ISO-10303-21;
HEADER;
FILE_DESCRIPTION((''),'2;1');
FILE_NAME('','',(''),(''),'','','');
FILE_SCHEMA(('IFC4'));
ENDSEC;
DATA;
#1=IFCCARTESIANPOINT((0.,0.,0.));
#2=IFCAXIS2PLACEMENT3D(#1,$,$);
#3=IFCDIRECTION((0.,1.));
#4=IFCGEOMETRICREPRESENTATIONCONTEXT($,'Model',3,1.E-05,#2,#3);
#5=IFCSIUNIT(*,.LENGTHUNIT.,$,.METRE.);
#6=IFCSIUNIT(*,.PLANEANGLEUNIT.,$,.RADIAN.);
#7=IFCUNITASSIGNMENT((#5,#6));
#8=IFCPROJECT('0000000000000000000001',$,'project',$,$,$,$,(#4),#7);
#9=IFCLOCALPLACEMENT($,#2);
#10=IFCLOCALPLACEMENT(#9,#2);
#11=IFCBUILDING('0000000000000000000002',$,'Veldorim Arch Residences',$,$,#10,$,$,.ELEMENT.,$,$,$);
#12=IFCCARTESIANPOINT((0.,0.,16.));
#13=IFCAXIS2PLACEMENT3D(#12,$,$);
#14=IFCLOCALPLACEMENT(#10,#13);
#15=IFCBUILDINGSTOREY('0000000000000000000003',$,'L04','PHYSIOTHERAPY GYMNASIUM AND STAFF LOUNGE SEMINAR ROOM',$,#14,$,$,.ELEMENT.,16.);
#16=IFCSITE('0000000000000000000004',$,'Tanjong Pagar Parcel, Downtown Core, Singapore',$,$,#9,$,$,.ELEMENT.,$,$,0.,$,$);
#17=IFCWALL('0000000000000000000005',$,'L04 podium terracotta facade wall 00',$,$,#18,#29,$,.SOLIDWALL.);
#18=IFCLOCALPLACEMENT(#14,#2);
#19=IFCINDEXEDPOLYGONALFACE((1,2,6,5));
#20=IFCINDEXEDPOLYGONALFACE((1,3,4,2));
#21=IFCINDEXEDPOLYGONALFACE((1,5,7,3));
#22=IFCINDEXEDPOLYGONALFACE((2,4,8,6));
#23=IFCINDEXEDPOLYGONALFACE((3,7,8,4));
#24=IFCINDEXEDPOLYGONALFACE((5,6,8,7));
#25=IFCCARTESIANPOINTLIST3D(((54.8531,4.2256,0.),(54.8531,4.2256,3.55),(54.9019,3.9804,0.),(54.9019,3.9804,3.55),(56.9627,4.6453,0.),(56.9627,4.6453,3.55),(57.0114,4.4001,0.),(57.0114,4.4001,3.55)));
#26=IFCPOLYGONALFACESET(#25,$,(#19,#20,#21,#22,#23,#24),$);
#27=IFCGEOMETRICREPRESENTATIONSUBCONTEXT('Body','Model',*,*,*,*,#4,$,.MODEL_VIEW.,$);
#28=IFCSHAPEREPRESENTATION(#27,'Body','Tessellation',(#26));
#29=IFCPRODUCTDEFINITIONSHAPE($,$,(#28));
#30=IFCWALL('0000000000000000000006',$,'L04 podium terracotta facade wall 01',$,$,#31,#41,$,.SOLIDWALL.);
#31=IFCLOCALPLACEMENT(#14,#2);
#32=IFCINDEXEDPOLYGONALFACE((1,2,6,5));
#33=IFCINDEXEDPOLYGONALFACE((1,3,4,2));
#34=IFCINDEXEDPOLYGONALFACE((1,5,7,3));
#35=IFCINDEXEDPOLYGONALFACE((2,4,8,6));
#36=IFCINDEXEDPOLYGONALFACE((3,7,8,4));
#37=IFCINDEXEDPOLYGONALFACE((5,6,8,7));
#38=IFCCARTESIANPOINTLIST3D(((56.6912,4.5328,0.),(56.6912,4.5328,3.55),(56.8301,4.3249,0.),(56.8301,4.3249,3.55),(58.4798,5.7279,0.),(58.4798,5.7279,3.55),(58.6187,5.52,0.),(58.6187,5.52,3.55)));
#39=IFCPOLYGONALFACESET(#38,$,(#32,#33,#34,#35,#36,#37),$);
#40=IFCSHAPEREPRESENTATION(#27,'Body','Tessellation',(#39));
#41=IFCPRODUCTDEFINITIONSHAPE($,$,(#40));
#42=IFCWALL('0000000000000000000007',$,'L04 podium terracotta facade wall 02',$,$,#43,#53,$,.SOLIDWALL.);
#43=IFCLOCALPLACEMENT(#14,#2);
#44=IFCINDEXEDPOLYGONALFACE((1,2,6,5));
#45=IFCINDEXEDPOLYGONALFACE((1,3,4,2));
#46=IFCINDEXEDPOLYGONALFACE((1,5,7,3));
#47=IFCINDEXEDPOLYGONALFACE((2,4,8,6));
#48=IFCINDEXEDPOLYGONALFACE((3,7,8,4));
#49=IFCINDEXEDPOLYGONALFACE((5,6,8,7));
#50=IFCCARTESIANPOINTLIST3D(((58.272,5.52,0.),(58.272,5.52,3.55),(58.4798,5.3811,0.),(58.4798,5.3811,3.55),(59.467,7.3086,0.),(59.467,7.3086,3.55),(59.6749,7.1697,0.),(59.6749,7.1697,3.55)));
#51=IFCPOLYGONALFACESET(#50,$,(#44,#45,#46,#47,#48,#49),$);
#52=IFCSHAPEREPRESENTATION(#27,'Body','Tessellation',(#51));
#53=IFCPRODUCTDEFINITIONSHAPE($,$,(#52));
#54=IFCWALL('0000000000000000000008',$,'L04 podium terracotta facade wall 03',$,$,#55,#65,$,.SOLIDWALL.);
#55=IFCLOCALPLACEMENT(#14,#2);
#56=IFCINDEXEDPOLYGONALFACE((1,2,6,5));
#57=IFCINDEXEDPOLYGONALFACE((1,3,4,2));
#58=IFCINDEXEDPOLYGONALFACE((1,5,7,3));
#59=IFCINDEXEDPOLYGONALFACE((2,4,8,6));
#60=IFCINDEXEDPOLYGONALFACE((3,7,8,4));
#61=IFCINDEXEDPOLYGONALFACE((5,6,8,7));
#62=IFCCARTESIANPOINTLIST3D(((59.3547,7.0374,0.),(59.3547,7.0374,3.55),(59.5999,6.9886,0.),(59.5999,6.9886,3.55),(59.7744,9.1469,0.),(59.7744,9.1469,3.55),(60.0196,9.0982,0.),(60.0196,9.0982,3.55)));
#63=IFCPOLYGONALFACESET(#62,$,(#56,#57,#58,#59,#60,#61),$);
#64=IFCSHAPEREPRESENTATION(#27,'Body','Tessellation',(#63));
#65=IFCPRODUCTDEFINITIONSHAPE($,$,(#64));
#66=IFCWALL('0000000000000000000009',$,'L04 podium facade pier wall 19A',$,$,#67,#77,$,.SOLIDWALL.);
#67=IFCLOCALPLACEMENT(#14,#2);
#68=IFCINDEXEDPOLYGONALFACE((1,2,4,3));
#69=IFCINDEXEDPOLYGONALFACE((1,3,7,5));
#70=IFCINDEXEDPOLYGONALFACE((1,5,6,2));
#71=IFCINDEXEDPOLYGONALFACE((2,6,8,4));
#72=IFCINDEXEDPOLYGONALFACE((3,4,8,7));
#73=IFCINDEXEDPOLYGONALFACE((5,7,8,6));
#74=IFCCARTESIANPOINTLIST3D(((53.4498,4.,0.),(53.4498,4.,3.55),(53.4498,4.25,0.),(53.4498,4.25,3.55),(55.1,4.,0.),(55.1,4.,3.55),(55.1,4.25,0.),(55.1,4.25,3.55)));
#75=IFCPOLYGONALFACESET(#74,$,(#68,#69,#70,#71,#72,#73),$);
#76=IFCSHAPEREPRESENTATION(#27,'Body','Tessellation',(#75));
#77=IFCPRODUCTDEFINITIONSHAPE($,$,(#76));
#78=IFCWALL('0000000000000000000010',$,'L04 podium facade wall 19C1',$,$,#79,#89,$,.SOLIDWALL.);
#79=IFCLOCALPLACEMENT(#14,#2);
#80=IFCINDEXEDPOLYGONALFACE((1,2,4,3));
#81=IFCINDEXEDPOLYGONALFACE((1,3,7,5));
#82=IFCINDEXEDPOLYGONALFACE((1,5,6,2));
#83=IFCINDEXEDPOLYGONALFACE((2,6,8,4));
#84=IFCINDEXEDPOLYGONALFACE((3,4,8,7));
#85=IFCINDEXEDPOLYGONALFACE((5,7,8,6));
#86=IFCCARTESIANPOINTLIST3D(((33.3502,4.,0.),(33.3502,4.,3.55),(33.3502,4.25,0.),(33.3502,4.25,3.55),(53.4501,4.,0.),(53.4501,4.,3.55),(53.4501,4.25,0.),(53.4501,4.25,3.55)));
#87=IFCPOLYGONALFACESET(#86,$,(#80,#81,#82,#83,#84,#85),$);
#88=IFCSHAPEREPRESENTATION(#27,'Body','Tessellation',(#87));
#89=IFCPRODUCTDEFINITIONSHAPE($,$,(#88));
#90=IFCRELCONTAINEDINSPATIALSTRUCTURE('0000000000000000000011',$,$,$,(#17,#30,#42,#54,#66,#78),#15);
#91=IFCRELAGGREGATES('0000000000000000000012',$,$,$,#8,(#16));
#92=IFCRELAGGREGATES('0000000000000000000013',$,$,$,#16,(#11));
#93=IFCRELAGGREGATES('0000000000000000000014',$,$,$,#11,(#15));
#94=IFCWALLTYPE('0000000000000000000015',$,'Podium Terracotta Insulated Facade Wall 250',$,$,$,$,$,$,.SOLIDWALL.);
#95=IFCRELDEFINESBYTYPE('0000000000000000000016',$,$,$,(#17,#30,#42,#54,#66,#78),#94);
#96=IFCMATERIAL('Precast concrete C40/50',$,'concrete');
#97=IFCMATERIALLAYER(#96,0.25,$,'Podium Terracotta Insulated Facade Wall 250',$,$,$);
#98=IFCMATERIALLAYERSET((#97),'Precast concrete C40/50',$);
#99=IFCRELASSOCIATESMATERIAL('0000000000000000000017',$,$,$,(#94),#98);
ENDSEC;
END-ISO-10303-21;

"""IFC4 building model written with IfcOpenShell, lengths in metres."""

from ifc_helpers import new_model, si_unit, direction, frame, frame_2d, origin, place, context, subcontext, project, spatial, rectangle, extrude, material, layer, layer_set, type_object, element, save


model = new_model("IFC4")

# Units and contexts
model_context = context("Model", 3, precision=1e-05, world=origin(), true_north=direction((0.0, 1.0)))
body_context = subcontext(model_context, "Body", "Model", "MODEL_VIEW")
ifc_project = project(units=[si_unit("LENGTHUNIT", "METRE"), si_unit("PLANEANGLEUNIT", "RADIAN")], contexts=[model_context])

# Site, building, storey
site_placement = place(None, origin())
site = spatial("IfcSite", under=ifc_project, at=site_placement, Name="Tanjong Pagar Parcel, Downtown Core, Singapore", CompositionType="ELEMENT", RefElevation=0.0)
building_placement = place(site_placement, origin())
building = spatial("IfcBuilding", under=site, at=building_placement, Name="Veldorim Arch Residences", CompositionType="ELEMENT")
storey_placement = place(building_placement, frame((0.0, 0.0, 16.0)))
storey = spatial("IfcBuildingStorey", under=building, at=storey_placement, Name="L04", Description="PHYSIOTHERAPY GYMNASIUM AND STAFF LOUNGE SEMINAR ROOM", CompositionType="ELEMENT", Elevation=16.0)

# Walls
ifc_material_1 = material(Name="Precast concrete C40/50", Category="concrete")
ifc_layer_1 = layer(ifc_material_1, 0.25, Name="Podium Terracotta Insulated Facade Wall 250")
ifc_layer_set_1 = layer_set([ifc_layer_1], Name="Precast concrete C40/50")
wall_type_1 = type_object("IfcWallType", Name="Podium Terracotta Insulated Facade Wall 250", PredefinedType="SOLIDWALL", material=ifc_layer_set_1)
wall_1_placement = place(storey_placement, frame((56.9871, 4.5227, 0.0), z_axis=(0.0, 0.0, 1.0), x_axis=(-0.980781, -0.195112, 0.0)))
element("IfcWall", 1, at=wall_1_placement, inside=storey, type_object=wall_type_1, Name="L04 podium terracotta facade wall 00", PredefinedType="SOLIDWALL", context=body_context, shape_type="SweptSolid", body=[
    extrude(rectangle(XDim=2.1509, YDim=0.25, at=frame_2d((1.0754, 0.0))), origin(), (0.0, 0.0, 1.0), 3.55),
])
for number, where, z_axis, x_axis, name in (
    (2, (58.5493, 5.624, 0.0), (0.0, 0.0, 1.0), (-0.831474, -0.555564, 0.0), "L04 podium terracotta facade wall 01"),
    (3, (59.571, 7.2393, 0.0), (0.0, 0.0, 1.0), (-0.555564, -0.831474, 0.0), "L04 podium terracotta facade wall 02"),
):
    element("IfcWall", number, at=place(storey_placement, frame(where, z_axis=z_axis, x_axis=x_axis)), inside=storey, type_object=wall_type_1, Name=name, PredefinedType="SOLIDWALL", context=body_context, shape_type="SweptSolid", body=[
        extrude(rectangle(XDim=2.1511, YDim=0.25, at=frame_2d((1.0757, 0.0))), origin(), (0.0, 0.0, 1.0), 3.55),
    ])
wall_2_placement = place(storey_placement, frame((59.897, 9.1226, 0.0), z_axis=(0.0, 0.0, 1.0), x_axis=(-0.195112, -0.980781, 0.0)))
element("IfcWall", 4, at=wall_2_placement, inside=storey, type_object=wall_type_1, Name="L04 podium terracotta facade wall 03", PredefinedType="SOLIDWALL", context=body_context, shape_type="SweptSolid", body=[
    extrude(rectangle(XDim=2.1509, YDim=0.25, at=frame_2d((1.0754, 0.0))), origin(), (0.0, 0.0, 1.0), 3.55),
])
wall_3_placement = place(storey_placement, frame((55.1001, 4.125, 0.0), z_axis=(0.0, 0.0, 1.0), x_axis=(-1.0, 0.0, 0.0)))
element("IfcWall", 5, at=wall_3_placement, inside=storey, type_object=wall_type_1, Name="L04 podium facade pier wall 19A", PredefinedType="SOLIDWALL", context=body_context, shape_type="SweptSolid", body=[
    extrude(rectangle(XDim=1.6501, YDim=0.25, at=frame_2d((0.8252, 0.0))), origin(), (0.0, 0.0, 1.0), 3.55),
])
wall_4_placement = place(storey_placement, frame((53.45, 4.125, 0.0), z_axis=(0.0, 0.0, 1.0), x_axis=(-1.0, 0.0, 0.0)))
element("IfcWall", 6, at=wall_4_placement, inside=storey, type_object=wall_type_1, Name="L04 podium facade wall 19C1", PredefinedType="SOLIDWALL", context=body_context, shape_type="SweptSolid", body=[
    extrude(rectangle(XDim=20.0999, YDim=0.25, at=frame_2d((10.0498, 0.0))), origin(), (0.0, 0.0, 1.0), 3.55),
])

save(model, "model.ifc")
